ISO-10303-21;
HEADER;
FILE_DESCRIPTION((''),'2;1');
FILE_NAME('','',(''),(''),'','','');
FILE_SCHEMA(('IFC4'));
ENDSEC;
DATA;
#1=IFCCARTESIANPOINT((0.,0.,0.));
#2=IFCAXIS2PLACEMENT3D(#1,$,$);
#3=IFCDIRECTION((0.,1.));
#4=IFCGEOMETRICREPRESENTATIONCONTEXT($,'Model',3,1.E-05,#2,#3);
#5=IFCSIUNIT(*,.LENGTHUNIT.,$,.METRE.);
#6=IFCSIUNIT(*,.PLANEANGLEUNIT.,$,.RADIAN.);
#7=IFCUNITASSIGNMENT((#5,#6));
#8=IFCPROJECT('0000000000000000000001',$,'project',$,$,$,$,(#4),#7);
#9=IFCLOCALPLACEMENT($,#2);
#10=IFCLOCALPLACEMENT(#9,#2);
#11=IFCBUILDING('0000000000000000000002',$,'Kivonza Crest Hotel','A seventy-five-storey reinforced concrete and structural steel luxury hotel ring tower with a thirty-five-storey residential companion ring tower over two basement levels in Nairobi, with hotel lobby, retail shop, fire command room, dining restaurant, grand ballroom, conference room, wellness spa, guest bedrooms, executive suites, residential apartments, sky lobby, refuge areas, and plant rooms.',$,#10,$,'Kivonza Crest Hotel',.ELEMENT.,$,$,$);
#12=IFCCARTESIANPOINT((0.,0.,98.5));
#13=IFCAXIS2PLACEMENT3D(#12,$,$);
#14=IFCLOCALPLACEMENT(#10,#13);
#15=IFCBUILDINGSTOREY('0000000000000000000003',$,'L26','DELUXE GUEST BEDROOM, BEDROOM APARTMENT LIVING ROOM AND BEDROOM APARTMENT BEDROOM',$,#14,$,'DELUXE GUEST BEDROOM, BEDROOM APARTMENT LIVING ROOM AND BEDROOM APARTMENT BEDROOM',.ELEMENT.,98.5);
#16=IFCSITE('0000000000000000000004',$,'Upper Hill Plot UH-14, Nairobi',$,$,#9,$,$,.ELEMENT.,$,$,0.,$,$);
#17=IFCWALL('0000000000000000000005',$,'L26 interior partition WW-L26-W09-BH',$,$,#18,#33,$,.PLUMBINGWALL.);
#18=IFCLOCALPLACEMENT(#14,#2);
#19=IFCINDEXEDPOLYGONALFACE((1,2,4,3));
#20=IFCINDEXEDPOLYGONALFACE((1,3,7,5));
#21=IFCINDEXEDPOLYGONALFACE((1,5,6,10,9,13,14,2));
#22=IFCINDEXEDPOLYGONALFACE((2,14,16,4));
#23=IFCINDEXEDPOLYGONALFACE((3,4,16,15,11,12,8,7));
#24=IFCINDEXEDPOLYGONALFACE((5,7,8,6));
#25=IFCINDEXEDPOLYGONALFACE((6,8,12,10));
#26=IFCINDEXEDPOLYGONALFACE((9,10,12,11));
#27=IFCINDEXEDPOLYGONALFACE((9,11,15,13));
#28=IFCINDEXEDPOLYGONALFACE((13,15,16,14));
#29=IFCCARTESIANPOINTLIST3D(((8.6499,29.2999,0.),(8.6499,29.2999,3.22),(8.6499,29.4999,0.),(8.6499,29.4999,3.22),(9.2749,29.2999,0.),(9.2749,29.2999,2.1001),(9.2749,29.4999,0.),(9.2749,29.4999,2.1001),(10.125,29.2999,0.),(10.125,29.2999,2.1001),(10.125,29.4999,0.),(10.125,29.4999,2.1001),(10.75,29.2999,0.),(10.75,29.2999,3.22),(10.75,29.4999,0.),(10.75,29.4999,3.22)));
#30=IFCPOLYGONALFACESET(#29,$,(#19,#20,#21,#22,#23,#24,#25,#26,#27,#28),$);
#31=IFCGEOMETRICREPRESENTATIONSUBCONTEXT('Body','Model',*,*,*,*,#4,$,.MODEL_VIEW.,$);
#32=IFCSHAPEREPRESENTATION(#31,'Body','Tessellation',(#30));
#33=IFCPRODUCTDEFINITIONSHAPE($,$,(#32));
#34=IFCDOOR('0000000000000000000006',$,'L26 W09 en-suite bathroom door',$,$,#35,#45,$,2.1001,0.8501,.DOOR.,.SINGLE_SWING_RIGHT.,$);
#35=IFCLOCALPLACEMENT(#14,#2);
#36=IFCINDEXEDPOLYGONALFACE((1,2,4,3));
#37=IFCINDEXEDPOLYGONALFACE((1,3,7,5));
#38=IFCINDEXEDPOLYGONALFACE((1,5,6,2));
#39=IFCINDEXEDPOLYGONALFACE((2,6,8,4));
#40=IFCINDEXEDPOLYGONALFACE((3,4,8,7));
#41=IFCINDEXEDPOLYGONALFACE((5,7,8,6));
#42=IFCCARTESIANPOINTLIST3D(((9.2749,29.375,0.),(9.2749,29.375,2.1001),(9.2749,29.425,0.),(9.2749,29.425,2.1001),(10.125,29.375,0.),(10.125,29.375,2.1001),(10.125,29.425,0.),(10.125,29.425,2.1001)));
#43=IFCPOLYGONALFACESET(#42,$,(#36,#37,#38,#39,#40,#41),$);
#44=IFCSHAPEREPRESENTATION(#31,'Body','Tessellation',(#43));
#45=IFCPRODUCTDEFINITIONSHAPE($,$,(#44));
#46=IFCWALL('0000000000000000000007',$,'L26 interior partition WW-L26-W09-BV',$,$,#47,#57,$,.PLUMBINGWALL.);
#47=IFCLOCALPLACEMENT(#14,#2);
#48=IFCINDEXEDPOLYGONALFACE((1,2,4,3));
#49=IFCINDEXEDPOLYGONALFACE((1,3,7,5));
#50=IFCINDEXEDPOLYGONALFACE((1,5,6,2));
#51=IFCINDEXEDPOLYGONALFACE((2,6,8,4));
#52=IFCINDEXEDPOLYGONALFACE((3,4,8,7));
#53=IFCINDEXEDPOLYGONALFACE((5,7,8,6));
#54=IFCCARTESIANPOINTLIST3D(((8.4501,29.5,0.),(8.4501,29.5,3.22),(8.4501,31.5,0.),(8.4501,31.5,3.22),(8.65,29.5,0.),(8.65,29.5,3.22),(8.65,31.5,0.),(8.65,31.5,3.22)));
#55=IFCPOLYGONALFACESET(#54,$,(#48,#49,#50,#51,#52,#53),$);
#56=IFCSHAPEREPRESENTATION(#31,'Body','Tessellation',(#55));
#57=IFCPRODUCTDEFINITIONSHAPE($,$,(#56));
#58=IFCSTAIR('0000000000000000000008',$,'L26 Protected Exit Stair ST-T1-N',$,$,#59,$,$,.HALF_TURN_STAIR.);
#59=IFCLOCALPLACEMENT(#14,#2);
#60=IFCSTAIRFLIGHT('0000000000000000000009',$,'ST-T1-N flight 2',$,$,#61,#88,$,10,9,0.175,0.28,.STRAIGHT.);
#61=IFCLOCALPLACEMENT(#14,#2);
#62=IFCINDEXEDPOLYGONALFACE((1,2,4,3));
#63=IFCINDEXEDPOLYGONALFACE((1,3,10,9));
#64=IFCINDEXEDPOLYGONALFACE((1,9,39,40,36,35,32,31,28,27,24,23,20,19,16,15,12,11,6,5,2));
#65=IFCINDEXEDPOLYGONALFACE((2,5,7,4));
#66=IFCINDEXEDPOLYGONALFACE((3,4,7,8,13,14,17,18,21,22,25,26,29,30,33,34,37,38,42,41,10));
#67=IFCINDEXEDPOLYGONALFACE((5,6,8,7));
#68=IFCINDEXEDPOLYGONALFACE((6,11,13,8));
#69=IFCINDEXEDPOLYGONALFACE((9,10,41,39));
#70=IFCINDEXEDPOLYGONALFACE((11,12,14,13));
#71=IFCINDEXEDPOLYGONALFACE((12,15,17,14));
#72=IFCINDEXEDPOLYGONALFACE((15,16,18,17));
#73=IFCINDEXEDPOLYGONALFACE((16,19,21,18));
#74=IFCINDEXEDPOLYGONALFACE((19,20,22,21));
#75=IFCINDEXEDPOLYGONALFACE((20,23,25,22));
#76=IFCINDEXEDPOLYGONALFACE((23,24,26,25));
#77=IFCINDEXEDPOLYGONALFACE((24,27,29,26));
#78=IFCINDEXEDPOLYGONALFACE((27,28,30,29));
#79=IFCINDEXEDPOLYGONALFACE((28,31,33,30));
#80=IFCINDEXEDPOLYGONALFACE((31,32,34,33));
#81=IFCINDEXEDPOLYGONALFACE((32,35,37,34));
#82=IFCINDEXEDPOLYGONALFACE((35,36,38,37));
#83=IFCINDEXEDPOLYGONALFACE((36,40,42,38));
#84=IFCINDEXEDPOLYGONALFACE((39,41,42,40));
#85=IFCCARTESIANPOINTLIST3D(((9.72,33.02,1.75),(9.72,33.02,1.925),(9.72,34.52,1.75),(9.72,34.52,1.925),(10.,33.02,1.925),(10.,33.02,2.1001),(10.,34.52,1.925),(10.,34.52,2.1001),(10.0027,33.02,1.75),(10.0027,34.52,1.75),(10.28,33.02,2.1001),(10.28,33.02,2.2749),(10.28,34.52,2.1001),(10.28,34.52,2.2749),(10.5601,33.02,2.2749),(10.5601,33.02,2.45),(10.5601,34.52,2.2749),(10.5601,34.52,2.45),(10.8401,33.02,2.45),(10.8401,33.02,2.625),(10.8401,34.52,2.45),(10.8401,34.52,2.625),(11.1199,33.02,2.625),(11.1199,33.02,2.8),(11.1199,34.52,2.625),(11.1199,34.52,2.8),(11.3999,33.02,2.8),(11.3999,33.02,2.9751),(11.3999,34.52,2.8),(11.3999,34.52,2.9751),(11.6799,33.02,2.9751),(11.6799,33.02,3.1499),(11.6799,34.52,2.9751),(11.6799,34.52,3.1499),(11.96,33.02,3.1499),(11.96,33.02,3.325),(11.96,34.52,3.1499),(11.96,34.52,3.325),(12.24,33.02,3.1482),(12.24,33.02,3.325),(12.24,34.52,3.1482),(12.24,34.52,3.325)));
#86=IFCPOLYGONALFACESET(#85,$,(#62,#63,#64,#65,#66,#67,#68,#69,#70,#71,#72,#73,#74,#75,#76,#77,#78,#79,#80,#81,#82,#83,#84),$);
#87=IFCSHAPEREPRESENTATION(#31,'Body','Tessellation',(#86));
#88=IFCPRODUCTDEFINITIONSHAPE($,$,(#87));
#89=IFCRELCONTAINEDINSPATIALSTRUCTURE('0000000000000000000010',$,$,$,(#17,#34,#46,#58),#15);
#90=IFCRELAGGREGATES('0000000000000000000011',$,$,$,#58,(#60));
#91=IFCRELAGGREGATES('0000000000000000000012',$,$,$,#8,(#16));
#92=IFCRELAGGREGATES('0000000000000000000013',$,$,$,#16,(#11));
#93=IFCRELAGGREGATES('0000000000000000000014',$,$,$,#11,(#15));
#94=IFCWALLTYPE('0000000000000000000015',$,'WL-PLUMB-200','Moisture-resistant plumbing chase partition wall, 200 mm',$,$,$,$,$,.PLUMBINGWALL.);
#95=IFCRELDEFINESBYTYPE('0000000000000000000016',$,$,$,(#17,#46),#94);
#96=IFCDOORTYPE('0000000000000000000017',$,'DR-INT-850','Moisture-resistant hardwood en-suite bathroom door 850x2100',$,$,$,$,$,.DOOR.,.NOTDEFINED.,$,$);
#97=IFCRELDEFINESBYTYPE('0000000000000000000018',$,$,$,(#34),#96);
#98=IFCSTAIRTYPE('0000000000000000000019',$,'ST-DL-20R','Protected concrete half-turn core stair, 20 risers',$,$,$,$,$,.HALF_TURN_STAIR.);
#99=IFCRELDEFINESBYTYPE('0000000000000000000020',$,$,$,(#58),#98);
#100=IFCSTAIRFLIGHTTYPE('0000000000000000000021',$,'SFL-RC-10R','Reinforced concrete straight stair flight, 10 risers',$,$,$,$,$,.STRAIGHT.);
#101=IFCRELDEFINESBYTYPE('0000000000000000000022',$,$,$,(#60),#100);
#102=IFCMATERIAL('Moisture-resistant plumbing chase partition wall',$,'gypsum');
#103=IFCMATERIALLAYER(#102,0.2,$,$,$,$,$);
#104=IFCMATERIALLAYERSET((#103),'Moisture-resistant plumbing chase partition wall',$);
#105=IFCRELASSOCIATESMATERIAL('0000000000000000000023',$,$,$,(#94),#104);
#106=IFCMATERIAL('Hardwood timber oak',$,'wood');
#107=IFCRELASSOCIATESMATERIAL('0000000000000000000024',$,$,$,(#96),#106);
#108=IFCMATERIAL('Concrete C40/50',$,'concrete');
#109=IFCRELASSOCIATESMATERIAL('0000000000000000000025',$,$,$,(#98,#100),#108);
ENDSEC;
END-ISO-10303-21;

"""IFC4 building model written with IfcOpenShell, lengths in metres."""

from ifc_helpers import new_model, si_unit, direction, frame, frame_2d, origin, place, context, subcontext, project, spatial, polyline, rectangle, outline, extrude, material, layer, layer_set, type_object, element, fill, aggregate, save


model = new_model("IFC4")

# Units and contexts
model_context = context("Model", 3, precision=1e-05, world=origin(), true_north=direction((0.0, 1.0)))
body_context = subcontext(model_context, "Body", "Model", "MODEL_VIEW")
ifc_project = project(units=[si_unit("LENGTHUNIT", "METRE"), si_unit("PLANEANGLEUNIT", "RADIAN")], contexts=[model_context])

# Site, building, storey
site_placement = place(None, origin())
site = spatial("IfcSite", under=ifc_project, at=site_placement, Name="Upper Hill Plot UH-14, Nairobi", CompositionType="ELEMENT", RefElevation=0.0)
building_placement = place(site_placement, origin())
building = spatial("IfcBuilding", under=site, at=building_placement, Name="Kivonza Crest Hotel", Description="A seventy-five-storey reinforced concrete and structural steel luxury hotel ring tower with a thirty-five-storey residential companion ring tower over two basement levels in Nairobi, with hotel lobby, retail shop, fire command room, dining restaurant, grand ballroom, conference room, wellness spa, guest bedrooms, executive suites, residential apartments, sky lobby, refuge areas, and plant rooms.", LongName="Kivonza Crest Hotel", CompositionType="ELEMENT")
storey_placement = place(building_placement, frame((0.0, 0.0, 98.5)))
storey = spatial("IfcBuildingStorey", under=building, at=storey_placement, Name="L26", Description="DELUXE GUEST BEDROOM, BEDROOM APARTMENT LIVING ROOM AND BEDROOM APARTMENT BEDROOM", LongName="DELUXE GUEST BEDROOM, BEDROOM APARTMENT LIVING ROOM AND BEDROOM APARTMENT BEDROOM", CompositionType="ELEMENT", Elevation=98.5)

# Shared definitions
ifc_material_1 = material(Name="Hardwood timber oak", Category="wood")

# Wall, opening, door
ifc_material_2 = material(Name="Moisture-resistant plumbing chase partition wall", Category="gypsum")
ifc_layer_1 = layer(ifc_material_2, 0.2)
ifc_layer_set_1 = layer_set([ifc_layer_1], Name="Moisture-resistant plumbing chase partition wall")
wall_type_1 = type_object("IfcWallType", Name="WL-PLUMB-200", Description="Moisture-resistant plumbing chase partition wall, 200 mm", PredefinedType="PLUMBINGWALL", material=ifc_layer_set_1)
wall_1_placement = place(storey_placement, frame((8.6499, 29.3999, 0.0), z_axis=(0.0, 0.0, 1.0), x_axis=(1.0, 0.0, 0.0)))
wall_1 = element("IfcWall", 1, at=wall_1_placement, inside=storey, type_object=wall_type_1, Name="L26 interior partition WW-L26-W09-BH", PredefinedType="PLUMBINGWALL", context=body_context, shape_type="SweptSolid", body=[
    extrude(rectangle(XDim=2.1001, YDim=0.2, at=frame_2d((1.05, 0.0))), origin(), (0.0, 0.0, 1.0), 3.22),
])
opening_1_placement = place(wall_1_placement, frame((0.625, 0.0, 0.0)))
opening_1 = element("IfcOpeningElement", 2, at=opening_1_placement, cuts=wall_1, PredefinedType="OPENING", context=body_context, shape_type="SweptSolid", body=[
    extrude(rectangle(XDim=0.8501, YDim=2.1001, at=frame_2d((0.425, 1.05))), frame((0.0, 0.1099, 0.0), z_axis=(0.0, -1.0, 0.0), x_axis=(1.0, 0.0, 0.0)), (0.0, 0.0, 1.0), 0.22),
])
door_type_1 = type_object("IfcDoorType", Name="DR-INT-850", Description="Moisture-resistant hardwood en-suite bathroom door 850x2100", OperationType="NOTDEFINED", PredefinedType="DOOR", material=ifc_material_1)
door_1_placement = place(opening_1_placement, frame((0.8501, 0.0, 0.0), z_axis=(0.0, 0.0, 1.0), x_axis=(-1.0, 0.0, 0.0)))
door_1 = element("IfcDoor", 3, at=door_1_placement, inside=storey, type_object=door_type_1, Name="L26 W09 en-suite bathroom door", OperationType="SINGLE_SWING_RIGHT", OverallHeight=2.1001, OverallWidth=0.8501, PredefinedType="DOOR", context=body_context, shape_type="SweptSolid", body=[
    extrude(rectangle(XDim=0.8501, YDim=2.1001, at=frame_2d((0.425, 1.05))), frame((0.0, 0.0249, 0.0), z_axis=(0.0, -1.0, 0.0), x_axis=(1.0, 0.0, 0.0)), (0.0, 0.0, 1.0), 0.05),
])
fill(opening_1, door_1)

# Wall
wall_2_placement = place(storey_placement, frame((8.55, 29.5, 0.0), z_axis=(0.0, 0.0, 1.0), x_axis=(0.0, 1.0, 0.0)))
element("IfcWall", 4, at=wall_2_placement, inside=storey, type_object=wall_type_1, Name="L26 interior partition WW-L26-W09-BV", PredefinedType="PLUMBINGWALL", context=body_context, shape_type="SweptSolid", body=[
    extrude(rectangle(XDim=2.0, YDim=0.2, at=frame_2d((1.0, 0.0))), origin(), (0.0, 0.0, 1.0), 3.22),
])

# Stair, stair flight
ifc_material_3 = material(Name="Concrete C40/50", Category="concrete")
stair_type = type_object("IfcStairType", Name="ST-DL-20R", Description="Protected concrete half-turn core stair, 20 risers", PredefinedType="HALF_TURN_STAIR", material=ifc_material_3)
stair_placement = place(storey_placement, origin())
stair = element("IfcStair", 5, at=stair_placement, inside=storey, type_object=stair_type, Name="L26 Protected Exit Stair ST-T1-N", PredefinedType="HALF_TURN_STAIR")
stair_flight_type = type_object("IfcStairFlightType", Name="SFL-RC-10R", Description="Reinforced concrete straight stair flight, 10 risers", PredefinedType="STRAIGHT", material=ifc_material_3)
stair_flight_placement = place(storey_placement, frame((9.72, 33.77, 1.75), z_axis=(0.0, 0.0, 1.0), x_axis=(1.0, 0.0, 0.0)))
stair_flight = element("IfcStairFlight", 6, at=stair_flight_placement, type_object=stair_flight_type, Name="ST-T1-N flight 2", NumberOfRisers=10, NumberOfTreads=9, PredefinedType="STRAIGHT", RiserHeight=0.175, TreadLength=0.28, context=body_context, shape_type="SweptSolid", body=[
    extrude(outline(polyline([(0.0, 0.0), (0.0, 0.175), (0.28, 0.175), (0.28, 0.3501), (0.5601, 0.3501), (0.5601, 0.5249), (0.8401, 0.5249), (0.8401, 0.7), (1.1201, 0.7), (1.1201, 0.875), (1.3999, 0.875), (1.3999, 1.05), (1.6799, 1.05), (1.6799, 1.2251), (1.96, 1.2251), (1.96, 1.3999), (2.24, 1.3999), (2.24, 1.575), (2.52, 1.575), (2.52, 1.75), (2.52, 1.3982), (0.2827, 0.0), (0.0, 0.0)])), frame((0.0, 0.75, 0.0), z_axis=(0.0, -1.0, 0.0), x_axis=(1.0, 0.0, 0.0)), (0.0, 0.0, 1.0), 1.5),
])
aggregate(stair, [stair_flight])

save(model, "model.ifc")
